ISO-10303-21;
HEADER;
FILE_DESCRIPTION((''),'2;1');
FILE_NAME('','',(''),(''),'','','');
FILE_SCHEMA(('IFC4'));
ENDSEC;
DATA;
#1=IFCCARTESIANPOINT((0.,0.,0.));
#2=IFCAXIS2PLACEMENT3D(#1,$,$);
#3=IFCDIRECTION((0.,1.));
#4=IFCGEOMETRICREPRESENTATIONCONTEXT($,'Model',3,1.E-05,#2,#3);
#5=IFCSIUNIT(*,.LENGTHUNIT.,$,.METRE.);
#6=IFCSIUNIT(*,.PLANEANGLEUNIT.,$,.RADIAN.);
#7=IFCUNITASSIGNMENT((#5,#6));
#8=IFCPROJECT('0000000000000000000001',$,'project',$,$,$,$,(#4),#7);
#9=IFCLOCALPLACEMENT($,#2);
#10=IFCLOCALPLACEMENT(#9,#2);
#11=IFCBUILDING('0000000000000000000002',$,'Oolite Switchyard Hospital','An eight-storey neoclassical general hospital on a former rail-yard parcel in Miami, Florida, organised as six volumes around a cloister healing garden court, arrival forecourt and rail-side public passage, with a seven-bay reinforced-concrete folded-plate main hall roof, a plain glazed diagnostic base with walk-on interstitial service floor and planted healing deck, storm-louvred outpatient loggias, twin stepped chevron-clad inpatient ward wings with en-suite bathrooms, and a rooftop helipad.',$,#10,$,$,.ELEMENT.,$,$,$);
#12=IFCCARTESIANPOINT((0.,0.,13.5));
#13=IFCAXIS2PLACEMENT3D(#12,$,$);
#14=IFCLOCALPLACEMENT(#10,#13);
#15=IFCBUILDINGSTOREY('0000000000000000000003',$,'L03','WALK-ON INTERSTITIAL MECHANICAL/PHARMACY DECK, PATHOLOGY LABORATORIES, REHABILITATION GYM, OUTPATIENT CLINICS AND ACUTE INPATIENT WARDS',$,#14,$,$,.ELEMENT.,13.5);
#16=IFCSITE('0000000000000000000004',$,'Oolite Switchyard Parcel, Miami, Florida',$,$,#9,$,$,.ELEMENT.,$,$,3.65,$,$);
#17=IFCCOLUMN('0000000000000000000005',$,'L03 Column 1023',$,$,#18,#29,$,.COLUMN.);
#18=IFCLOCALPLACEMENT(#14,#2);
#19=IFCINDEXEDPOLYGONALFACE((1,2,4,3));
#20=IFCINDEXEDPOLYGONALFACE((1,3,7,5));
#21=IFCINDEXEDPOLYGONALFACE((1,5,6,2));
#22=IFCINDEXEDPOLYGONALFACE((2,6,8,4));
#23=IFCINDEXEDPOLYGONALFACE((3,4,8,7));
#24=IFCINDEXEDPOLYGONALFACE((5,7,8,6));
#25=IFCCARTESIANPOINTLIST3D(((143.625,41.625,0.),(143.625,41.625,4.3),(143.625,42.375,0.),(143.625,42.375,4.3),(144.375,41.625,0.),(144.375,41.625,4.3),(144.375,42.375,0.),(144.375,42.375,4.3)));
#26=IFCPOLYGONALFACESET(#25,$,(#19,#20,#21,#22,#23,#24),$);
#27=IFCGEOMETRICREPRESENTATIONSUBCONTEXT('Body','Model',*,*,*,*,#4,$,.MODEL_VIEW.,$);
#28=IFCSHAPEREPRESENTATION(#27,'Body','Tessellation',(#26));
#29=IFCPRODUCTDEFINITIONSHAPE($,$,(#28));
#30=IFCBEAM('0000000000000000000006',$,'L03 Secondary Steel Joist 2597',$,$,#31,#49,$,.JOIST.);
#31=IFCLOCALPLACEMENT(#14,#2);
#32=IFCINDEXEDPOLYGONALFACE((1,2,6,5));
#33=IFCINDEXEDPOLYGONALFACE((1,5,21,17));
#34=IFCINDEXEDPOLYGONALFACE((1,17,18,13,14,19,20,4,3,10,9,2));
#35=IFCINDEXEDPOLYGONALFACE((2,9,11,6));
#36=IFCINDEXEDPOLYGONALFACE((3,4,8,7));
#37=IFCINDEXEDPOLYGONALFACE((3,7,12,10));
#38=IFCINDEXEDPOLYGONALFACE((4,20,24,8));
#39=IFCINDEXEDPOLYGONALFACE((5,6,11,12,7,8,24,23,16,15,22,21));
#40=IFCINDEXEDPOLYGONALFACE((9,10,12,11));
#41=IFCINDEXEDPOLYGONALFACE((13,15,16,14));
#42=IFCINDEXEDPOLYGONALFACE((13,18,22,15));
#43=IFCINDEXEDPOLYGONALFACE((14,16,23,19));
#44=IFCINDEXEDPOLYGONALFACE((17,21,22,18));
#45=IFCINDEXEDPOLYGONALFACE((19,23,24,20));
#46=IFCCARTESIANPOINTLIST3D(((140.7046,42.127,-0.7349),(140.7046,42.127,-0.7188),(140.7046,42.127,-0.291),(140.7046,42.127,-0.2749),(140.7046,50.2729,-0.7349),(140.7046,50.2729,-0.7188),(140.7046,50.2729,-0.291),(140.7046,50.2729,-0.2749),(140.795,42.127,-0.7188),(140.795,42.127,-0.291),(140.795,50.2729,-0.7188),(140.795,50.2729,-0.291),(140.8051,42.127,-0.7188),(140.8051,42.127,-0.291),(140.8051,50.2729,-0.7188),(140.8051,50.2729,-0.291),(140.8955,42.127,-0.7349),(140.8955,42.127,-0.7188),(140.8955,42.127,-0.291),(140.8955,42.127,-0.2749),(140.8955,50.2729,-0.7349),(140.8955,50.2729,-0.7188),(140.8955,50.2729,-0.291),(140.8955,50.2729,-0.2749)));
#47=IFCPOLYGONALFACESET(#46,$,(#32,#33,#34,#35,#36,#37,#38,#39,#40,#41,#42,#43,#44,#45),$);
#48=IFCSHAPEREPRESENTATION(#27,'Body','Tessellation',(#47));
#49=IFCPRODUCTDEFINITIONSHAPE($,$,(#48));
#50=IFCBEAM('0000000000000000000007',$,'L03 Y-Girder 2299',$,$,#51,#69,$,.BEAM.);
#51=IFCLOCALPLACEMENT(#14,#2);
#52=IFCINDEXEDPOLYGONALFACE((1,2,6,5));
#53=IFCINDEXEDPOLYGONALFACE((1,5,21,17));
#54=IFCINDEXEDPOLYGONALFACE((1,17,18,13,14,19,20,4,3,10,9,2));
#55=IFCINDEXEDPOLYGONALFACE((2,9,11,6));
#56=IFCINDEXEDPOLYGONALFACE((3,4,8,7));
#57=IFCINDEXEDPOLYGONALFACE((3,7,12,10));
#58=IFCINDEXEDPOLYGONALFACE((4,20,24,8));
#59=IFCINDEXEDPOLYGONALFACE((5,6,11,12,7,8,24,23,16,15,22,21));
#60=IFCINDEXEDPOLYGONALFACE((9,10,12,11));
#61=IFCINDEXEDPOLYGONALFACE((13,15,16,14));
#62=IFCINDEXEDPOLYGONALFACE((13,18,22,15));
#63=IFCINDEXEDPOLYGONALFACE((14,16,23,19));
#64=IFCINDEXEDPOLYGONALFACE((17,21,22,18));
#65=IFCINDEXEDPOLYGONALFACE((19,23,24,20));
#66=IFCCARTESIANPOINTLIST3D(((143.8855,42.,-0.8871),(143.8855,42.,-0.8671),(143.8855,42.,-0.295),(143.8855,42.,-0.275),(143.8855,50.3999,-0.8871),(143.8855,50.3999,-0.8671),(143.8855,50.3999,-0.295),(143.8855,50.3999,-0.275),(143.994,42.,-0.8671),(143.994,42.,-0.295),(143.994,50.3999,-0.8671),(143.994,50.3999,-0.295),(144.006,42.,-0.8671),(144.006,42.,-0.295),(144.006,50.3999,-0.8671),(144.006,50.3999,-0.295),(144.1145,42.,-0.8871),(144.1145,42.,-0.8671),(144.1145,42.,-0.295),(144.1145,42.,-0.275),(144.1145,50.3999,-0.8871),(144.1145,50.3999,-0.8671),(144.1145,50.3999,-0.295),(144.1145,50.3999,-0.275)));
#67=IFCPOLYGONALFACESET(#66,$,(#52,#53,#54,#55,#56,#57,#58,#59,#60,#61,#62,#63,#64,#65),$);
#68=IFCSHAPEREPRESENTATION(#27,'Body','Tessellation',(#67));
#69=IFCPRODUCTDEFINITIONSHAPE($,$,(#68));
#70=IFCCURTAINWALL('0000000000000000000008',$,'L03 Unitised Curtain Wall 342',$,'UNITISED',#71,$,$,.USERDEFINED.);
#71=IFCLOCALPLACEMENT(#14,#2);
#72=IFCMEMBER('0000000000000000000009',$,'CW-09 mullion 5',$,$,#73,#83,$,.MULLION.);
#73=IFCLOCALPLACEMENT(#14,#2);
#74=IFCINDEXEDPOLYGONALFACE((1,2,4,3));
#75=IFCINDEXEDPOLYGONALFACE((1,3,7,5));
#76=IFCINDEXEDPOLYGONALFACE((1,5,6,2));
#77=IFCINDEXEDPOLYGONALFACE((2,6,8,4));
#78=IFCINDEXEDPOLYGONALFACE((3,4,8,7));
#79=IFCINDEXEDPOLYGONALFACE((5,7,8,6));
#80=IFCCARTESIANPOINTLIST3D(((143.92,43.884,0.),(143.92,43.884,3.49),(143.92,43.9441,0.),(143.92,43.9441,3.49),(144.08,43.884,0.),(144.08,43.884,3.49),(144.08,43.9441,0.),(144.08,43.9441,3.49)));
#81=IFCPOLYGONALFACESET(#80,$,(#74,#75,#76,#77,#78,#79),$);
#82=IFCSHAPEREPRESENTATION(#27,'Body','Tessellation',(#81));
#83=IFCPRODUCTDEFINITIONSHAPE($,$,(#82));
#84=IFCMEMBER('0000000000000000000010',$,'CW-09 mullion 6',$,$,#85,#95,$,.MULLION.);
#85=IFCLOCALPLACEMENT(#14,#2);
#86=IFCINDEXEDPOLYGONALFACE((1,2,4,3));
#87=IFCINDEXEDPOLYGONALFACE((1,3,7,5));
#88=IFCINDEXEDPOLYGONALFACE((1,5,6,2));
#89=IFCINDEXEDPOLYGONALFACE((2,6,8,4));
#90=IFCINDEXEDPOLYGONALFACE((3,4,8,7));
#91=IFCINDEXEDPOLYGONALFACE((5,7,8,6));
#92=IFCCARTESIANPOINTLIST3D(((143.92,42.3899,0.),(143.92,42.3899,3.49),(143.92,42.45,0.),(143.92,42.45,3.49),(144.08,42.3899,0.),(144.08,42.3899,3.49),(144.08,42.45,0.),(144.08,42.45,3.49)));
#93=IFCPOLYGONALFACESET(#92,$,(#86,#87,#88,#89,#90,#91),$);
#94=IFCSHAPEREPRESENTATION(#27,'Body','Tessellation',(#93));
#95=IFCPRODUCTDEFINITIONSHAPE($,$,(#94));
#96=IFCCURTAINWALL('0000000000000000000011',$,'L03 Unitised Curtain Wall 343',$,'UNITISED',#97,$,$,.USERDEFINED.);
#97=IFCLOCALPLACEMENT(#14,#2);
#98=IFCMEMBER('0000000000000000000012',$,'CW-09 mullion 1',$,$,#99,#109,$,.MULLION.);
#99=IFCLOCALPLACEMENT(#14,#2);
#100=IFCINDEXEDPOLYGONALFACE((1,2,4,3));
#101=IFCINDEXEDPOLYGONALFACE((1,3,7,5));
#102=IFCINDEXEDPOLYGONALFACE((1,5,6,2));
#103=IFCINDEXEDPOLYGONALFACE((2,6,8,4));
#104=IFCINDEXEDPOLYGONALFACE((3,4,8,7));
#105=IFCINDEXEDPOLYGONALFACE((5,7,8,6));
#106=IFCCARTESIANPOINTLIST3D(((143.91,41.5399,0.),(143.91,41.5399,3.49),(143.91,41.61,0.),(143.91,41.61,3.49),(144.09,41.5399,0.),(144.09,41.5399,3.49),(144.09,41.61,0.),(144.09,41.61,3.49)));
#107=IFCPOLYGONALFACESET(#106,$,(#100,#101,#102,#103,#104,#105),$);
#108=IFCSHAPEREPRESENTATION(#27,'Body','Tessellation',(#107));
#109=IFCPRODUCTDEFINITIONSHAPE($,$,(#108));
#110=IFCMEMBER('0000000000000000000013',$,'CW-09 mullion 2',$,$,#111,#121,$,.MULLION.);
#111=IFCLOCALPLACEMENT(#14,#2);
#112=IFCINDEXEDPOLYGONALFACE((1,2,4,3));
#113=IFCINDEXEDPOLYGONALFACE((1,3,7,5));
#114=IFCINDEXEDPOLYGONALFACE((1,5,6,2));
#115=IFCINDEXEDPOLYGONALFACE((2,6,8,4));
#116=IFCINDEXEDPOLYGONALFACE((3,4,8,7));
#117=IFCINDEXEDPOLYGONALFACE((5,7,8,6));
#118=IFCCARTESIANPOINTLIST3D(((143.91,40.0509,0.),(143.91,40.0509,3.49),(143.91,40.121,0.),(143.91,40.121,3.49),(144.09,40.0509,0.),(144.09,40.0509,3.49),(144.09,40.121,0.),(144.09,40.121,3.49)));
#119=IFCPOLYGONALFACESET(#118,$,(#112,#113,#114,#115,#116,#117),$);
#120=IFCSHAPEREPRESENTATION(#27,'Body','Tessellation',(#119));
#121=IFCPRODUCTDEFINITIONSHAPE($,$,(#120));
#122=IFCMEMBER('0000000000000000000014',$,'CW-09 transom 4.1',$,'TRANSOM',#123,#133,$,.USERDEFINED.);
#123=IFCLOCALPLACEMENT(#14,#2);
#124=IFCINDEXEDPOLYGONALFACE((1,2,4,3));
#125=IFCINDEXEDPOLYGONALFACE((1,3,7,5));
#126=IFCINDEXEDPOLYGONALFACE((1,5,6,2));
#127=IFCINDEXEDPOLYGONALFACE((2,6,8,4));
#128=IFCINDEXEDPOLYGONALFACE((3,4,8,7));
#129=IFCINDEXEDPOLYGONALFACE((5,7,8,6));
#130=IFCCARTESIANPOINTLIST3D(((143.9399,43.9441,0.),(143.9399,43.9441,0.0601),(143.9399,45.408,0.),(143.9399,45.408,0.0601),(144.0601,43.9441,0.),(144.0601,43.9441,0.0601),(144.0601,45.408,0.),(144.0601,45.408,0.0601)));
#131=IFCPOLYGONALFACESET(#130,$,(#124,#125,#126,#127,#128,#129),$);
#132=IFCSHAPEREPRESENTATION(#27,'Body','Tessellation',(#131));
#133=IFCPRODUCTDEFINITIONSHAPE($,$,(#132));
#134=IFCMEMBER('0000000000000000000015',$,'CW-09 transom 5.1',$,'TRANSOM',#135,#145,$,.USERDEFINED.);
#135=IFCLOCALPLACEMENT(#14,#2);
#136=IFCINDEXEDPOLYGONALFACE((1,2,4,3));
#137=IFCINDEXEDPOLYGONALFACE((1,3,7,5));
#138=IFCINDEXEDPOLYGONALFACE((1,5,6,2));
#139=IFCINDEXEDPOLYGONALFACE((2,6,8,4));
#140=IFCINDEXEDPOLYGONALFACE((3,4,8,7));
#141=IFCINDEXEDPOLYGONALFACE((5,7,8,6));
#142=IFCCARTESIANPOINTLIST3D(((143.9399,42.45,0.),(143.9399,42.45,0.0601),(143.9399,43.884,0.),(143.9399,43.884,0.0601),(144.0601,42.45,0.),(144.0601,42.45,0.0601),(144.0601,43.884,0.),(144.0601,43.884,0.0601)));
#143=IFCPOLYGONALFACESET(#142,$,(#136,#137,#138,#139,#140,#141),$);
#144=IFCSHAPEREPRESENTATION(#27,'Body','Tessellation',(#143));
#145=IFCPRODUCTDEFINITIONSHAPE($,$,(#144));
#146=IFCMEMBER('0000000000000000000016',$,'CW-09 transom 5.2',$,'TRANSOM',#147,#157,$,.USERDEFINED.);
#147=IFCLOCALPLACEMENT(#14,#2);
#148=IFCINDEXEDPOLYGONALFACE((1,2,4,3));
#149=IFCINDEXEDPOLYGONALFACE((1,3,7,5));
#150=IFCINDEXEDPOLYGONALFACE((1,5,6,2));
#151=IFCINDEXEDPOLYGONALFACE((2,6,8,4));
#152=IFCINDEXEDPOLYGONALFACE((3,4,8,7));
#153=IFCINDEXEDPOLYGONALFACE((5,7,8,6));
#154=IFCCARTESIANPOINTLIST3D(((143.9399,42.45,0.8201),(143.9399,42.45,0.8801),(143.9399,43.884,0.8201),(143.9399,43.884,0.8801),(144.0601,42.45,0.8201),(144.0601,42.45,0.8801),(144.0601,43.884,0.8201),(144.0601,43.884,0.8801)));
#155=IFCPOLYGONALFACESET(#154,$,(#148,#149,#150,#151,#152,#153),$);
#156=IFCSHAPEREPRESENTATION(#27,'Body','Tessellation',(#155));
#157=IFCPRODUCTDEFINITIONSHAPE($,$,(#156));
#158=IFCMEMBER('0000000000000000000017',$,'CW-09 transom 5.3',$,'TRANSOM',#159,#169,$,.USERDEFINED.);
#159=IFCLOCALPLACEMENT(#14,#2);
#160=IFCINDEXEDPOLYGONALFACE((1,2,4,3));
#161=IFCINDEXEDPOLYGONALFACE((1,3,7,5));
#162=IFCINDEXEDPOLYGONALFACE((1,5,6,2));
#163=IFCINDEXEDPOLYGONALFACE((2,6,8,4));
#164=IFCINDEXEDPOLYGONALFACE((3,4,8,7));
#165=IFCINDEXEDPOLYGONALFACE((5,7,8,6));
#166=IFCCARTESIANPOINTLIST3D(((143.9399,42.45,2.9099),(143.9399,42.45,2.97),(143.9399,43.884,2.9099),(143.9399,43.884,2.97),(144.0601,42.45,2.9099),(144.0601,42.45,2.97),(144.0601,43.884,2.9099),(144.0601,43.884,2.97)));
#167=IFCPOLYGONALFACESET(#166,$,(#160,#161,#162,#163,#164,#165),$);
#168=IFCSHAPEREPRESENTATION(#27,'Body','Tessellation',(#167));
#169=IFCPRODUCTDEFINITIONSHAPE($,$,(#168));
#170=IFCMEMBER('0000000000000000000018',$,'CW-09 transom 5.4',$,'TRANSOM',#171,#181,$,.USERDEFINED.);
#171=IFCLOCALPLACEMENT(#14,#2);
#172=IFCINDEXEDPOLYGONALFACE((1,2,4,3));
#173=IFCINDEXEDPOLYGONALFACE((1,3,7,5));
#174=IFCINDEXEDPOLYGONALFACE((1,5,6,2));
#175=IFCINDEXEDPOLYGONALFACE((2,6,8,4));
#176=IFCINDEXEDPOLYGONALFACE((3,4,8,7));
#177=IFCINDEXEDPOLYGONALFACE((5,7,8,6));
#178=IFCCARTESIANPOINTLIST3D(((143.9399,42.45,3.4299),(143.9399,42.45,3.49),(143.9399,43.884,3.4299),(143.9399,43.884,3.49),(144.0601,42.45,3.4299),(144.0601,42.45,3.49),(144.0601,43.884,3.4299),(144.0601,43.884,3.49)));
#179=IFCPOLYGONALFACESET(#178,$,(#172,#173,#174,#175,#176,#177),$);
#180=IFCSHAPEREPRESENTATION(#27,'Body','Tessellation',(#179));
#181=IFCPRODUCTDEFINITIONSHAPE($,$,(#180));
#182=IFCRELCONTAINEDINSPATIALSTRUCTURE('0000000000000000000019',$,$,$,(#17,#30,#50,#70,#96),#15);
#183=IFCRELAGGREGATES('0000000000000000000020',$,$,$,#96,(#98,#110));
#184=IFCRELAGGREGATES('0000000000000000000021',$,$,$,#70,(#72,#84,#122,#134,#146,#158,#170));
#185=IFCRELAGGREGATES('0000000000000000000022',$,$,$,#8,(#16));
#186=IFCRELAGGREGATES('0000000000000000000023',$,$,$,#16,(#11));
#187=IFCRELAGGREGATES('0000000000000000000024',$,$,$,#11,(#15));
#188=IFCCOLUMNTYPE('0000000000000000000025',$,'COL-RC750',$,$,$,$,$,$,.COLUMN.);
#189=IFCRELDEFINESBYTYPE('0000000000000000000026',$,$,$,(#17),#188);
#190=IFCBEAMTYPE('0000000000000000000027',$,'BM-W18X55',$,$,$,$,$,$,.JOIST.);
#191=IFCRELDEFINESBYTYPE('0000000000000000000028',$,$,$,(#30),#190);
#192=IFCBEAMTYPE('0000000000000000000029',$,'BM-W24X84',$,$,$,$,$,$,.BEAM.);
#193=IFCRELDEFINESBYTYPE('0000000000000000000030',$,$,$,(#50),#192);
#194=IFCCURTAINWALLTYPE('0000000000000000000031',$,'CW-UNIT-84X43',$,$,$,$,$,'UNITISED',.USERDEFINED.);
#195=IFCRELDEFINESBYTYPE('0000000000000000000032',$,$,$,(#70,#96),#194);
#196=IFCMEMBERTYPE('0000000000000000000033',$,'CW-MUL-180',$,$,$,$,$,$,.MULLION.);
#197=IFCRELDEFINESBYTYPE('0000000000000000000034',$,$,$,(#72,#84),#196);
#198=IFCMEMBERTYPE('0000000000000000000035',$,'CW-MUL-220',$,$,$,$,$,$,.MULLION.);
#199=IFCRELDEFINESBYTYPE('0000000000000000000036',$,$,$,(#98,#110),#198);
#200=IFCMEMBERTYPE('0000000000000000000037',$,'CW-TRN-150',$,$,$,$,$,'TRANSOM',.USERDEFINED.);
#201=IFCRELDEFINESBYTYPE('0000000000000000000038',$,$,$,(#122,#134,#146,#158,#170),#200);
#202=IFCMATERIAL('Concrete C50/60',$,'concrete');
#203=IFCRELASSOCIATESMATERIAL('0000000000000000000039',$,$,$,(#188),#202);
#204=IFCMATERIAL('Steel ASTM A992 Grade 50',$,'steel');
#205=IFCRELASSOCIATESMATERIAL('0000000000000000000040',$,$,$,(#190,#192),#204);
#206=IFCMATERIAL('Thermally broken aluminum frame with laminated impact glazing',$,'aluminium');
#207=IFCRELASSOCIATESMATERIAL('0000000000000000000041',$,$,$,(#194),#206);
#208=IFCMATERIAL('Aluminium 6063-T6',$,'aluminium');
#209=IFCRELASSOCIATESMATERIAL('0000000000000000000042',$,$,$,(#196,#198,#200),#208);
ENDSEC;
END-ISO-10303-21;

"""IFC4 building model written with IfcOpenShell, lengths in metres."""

from ifc_helpers import new_model, si_unit, direction, frame, origin, origin_2d, place, context, subcontext, project, spatial, rectangle, i_section, extrude, material, material_profile, profile_set, type_object, element, aggregate, save


model = new_model("IFC4")

# Units and contexts
model_context = context("Model", 3, precision=1e-05, world=origin(), true_north=direction((0.0, 1.0)))
body_context = subcontext(model_context, "Body", "Model", "MODEL_VIEW")
ifc_project = project(units=[si_unit("LENGTHUNIT", "METRE"), si_unit("PLANEANGLEUNIT", "RADIAN")], contexts=[model_context])

# Site, building, storey
site_placement = place(None, origin())
site = spatial("IfcSite", under=ifc_project, at=site_placement, Name="Oolite Switchyard Parcel, Miami, Florida", CompositionType="ELEMENT", RefElevation=3.65)
building_placement = place(site_placement, origin())
building = spatial("IfcBuilding", under=site, at=building_placement, Name="Oolite Switchyard Hospital", Description="An eight-storey neoclassical general hospital on a former rail-yard parcel in Miami, Florida, organised as six volumes around a cloister healing garden court, arrival forecourt and rail-side public passage, with a seven-bay reinforced-concrete folded-plate main hall roof, a plain glazed diagnostic base with walk-on interstitial service floor and planted healing deck, storm-louvred outpatient loggias, twin stepped chevron-clad inpatient ward wings with en-suite bathrooms, and a rooftop helipad.", CompositionType="ELEMENT")
storey_placement = place(building_placement, frame((0.0, 0.0, 13.5)))
storey = spatial("IfcBuildingStorey", under=building, at=storey_placement, Name="L03", Description="WALK-ON INTERSTITIAL MECHANICAL/PHARMACY DECK, PATHOLOGY LABORATORIES, REHABILITATION GYM, OUTPATIENT CLINICS AND ACUTE INPATIENT WARDS", CompositionType="ELEMENT", Elevation=13.5)

# Column
ifc_material_1 = material(Name="Concrete C50/60", Category="concrete")
ifc_material_profile_1 = material_profile(ifc_material_1, rectangle(XDim=0.75, YDim=0.75, at=origin_2d()), Name="RC750X750")
ifc_profile_set_1 = profile_set([ifc_material_profile_1], Name="Concrete C50/60")
column_type = type_object("IfcColumnType", Name="COL-RC750", PredefinedType="COLUMN", material=ifc_profile_set_1)
column_placement = place(storey_placement, frame((144.0, 42.0, 0.0), z_axis=(0.0, 0.0, 1.0), x_axis=(1.0, 0.0, 0.0)))
element("IfcColumn", 1, at=column_placement, inside=storey, type_object=column_type, Name="L03 Column 1023", PredefinedType="COLUMN", context=body_context, shape_type="SweptSolid", body=[
    extrude(rectangle(XDim=0.75, YDim=0.75, at=origin_2d()), origin(), (0.0, 0.0, 1.0), 4.3),
])

# Beams
ifc_material_2 = material(Name="Steel ASTM A992 Grade 50", Category="steel")
ifc_material_profile_2 = material_profile(ifc_material_2, i_section(OverallWidth=0.1909, OverallDepth=0.46, WebThickness=0.01, FlangeThickness=0.0161, at=origin_2d()), Name="W18X55")
ifc_profile_set_2 = profile_set([ifc_material_profile_2], Name="Steel ASTM A992 Grade 50")
beam_type_1 = type_object("IfcBeamType", Name="BM-W18X55", PredefinedType="JOIST", material=ifc_profile_set_2)
beam_1_placement = place(storey_placement, frame((140.8, 42.127, -0.5049), z_axis=(0.0, 1.0, 0.0), x_axis=(-1.0, 0.0, 0.0)))
element("IfcBeam", 2, at=beam_1_placement, inside=storey, type_object=beam_type_1, Name="L03 Secondary Steel Joist 2597", PredefinedType="JOIST", context=body_context, shape_type="SweptSolid", body=[
    extrude(i_section(OverallWidth=0.1909, OverallDepth=0.46, WebThickness=0.01, FlangeThickness=0.0161, at=origin_2d()), origin(), (0.0, 0.0, 1.0), 8.146),
])
ifc_material_profile_3 = material_profile(ifc_material_2, i_section(OverallWidth=0.229, OverallDepth=0.6121, WebThickness=0.012, FlangeThickness=0.02, at=origin_2d()), Name="W24X84")
ifc_profile_set_3 = profile_set([ifc_material_profile_3], Name="Steel ASTM A992 Grade 50")
beam_type_2 = type_object("IfcBeamType", Name="BM-W24X84", PredefinedType="BEAM", material=ifc_profile_set_3)
beam_2_placement = place(storey_placement, frame((144.0, 42.0, -0.5811), z_axis=(0.0, 1.0, 0.0), x_axis=(-1.0, 0.0, 0.0)))
element("IfcBeam", 3, at=beam_2_placement, inside=storey, type_object=beam_type_2, Name="L03 Y-Girder 2299", PredefinedType="BEAM", context=body_context, shape_type="SweptSolid", body=[
    extrude(i_section(OverallWidth=0.229, OverallDepth=0.6121, WebThickness=0.012, FlangeThickness=0.02, at=origin_2d()), origin(), (0.0, 0.0, 1.0), 8.3999),
])

# Curtain walls, members
ifc_material_3 = material(Name="Thermally broken aluminum frame with laminated impact glazing", Category="aluminium")
curtain_wall_type = type_object("IfcCurtainWallType", Name="CW-UNIT-84X43", ElementType="UNITISED", PredefinedType="USERDEFINED", material=ifc_material_3)
curtain_wall_1_placement = place(storey_placement, origin())
curtain_wall_1 = element("IfcCurtainWall", 4, at=curtain_wall_1_placement, inside=storey, type_object=curtain_wall_type, Name="L03 Unitised Curtain Wall 342", ObjectType="UNITISED", PredefinedType="USERDEFINED")
ifc_material_4 = material(Name="Aluminium 6063-T6", Category="aluminium")
ifc_material_profile_4 = material_profile(ifc_material_4, rectangle(XDim=0.1599, YDim=0.0601, at=origin_2d()), Name="CWM60X160")
ifc_profile_set_4 = profile_set([ifc_material_profile_4], Name="Aluminium 6063-T6")
member_type_1 = type_object("IfcMemberType", Name="CW-MUL-180", PredefinedType="MULLION", material=ifc_profile_set_4)
member_1_placement = place(storey_placement, frame((144.0, 43.9141, 0.0), z_axis=(0.0, 0.0, 1.0), x_axis=(1.0, 0.0, 0.0)))
member_1 = element("IfcMember", 5, at=member_1_placement, type_object=member_type_1, Name="CW-09 mullion 5", PredefinedType="MULLION", context=body_context, shape_type="SweptSolid", body=[
    extrude(rectangle(XDim=0.1599, YDim=0.0601, at=origin_2d()), origin(), (0.0, 0.0, 1.0), 3.49),
])
member_2_placement = place(storey_placement, frame((144.0, 42.4199, 0.0), z_axis=(0.0, 0.0, 1.0), x_axis=(1.0, 0.0, 0.0)))
member_2 = element("IfcMember", 6, at=member_2_placement, type_object=member_type_1, Name="CW-09 mullion 6", PredefinedType="MULLION", context=body_context, shape_type="SweptSolid", body=[
    extrude(rectangle(XDim=0.1599, YDim=0.0601, at=origin_2d()), origin(), (0.0, 0.0, 1.0), 3.49),
])
curtain_wall_2_placement = place(storey_placement, origin())
curtain_wall_2 = element("IfcCurtainWall", 7, at=curtain_wall_2_placement, inside=storey, type_object=curtain_wall_type, Name="L03 Unitised Curtain Wall 343", ObjectType="UNITISED", PredefinedType="USERDEFINED")
ifc_material_profile_5 = material_profile(ifc_material_4, rectangle(XDim=0.1799, YDim=0.0701, at=origin_2d()), Name="CWM70X180")
ifc_profile_set_5 = profile_set([ifc_material_profile_5], Name="Aluminium 6063-T6")
member_type_2 = type_object("IfcMemberType", Name="CW-MUL-220", PredefinedType="MULLION", material=ifc_profile_set_5)
member_3_placement = place(storey_placement, frame((144.0, 41.575, 0.0), z_axis=(0.0, 0.0, 1.0), x_axis=(1.0, 0.0, 0.0)))
member_3 = element("IfcMember", 8, at=member_3_placement, type_object=member_type_2, Name="CW-09 mullion 1", PredefinedType="MULLION", context=body_context, shape_type="SweptSolid", body=[
    extrude(rectangle(XDim=0.1799, YDim=0.0701, at=origin_2d()), origin(), (0.0, 0.0, 1.0), 3.49),
])
member_4_placement = place(storey_placement, frame((144.0, 40.0859, 0.0), z_axis=(0.0, 0.0, 1.0), x_axis=(1.0, 0.0, 0.0)))
member_4 = element("IfcMember", 9, at=member_4_placement, type_object=member_type_2, Name="CW-09 mullion 2", PredefinedType="MULLION", context=body_context, shape_type="SweptSolid", body=[
    extrude(rectangle(XDim=0.1799, YDim=0.0701, at=origin_2d()), origin(), (0.0, 0.0, 1.0), 3.49),
])

# Members
ifc_material_profile_6 = material_profile(ifc_material_4, rectangle(XDim=0.1201, YDim=0.0601, at=origin_2d()), Name="CWT60X120")
ifc_profile_set_6 = profile_set([ifc_material_profile_6], Name="Aluminium 6063-T6")
member_type_3 = type_object("IfcMemberType", Name="CW-TRN-150", ElementType="TRANSOM", PredefinedType="USERDEFINED", material=ifc_profile_set_6)
member_5_placement = place(storey_placement, frame((144.0, 45.408, 0.03), z_axis=(0.0, -1.0, 0.0), x_axis=(1.0, 0.0, 0.0)))
member_5 = element("IfcMember", 10, at=member_5_placement, type_object=member_type_3, Name="CW-09 transom 4.1", ObjectType="TRANSOM", PredefinedType="USERDEFINED", context=body_context, shape_type="SweptSolid", body=[
    extrude(rectangle(XDim=0.1201, YDim=0.0601, at=origin_2d()), origin(), (0.0, 0.0, 1.0), 1.4639),
])
member_6_placement = place(storey_placement, frame((144.0, 43.884, 0.03), z_axis=(0.0, -1.0, 0.0), x_axis=(1.0, 0.0, 0.0)))
member_6 = element("IfcMember", 11, at=member_6_placement, type_object=member_type_3, Name="CW-09 transom 5.1", ObjectType="TRANSOM", PredefinedType="USERDEFINED", context=body_context, shape_type="SweptSolid", body=[
    extrude(rectangle(XDim=0.1201, YDim=0.0601, at=origin_2d()), origin(), (0.0, 0.0, 1.0), 1.4341),
])
member_7_placement = place(storey_placement, frame((144.0, 43.884, 0.8501), z_axis=(0.0, -1.0, 0.0), x_axis=(1.0, 0.0, 0.0)))
member_7 = element("IfcMember", 12, at=member_7_placement, type_object=member_type_3, Name="CW-09 transom 5.2", ObjectType="TRANSOM", PredefinedType="USERDEFINED", context=body_context, shape_type="SweptSolid", body=[
    extrude(rectangle(XDim=0.1201, YDim=0.0601, at=origin_2d()), origin(), (0.0, 0.0, 1.0), 1.4341),
])
member_8_placement = place(storey_placement, frame((144.0, 43.884, 2.9399), z_axis=(0.0, -1.0, 0.0), x_axis=(1.0, 0.0, 0.0)))
member_8 = element("IfcMember", 13, at=member_8_placement, type_object=member_type_3, Name="CW-09 transom 5.3", ObjectType="TRANSOM", PredefinedType="USERDEFINED", context=body_context, shape_type="SweptSolid", body=[
    extrude(rectangle(XDim=0.1201, YDim=0.0601, at=origin_2d()), origin(), (0.0, 0.0, 1.0), 1.4341),
])
member_9_placement = place(storey_placement, frame((144.0, 43.884, 3.46), z_axis=(0.0, -1.0, 0.0), x_axis=(1.0, 0.0, 0.0)))
member_9 = element("IfcMember", 14, at=member_9_placement, type_object=member_type_3, Name="CW-09 transom 5.4", ObjectType="TRANSOM", PredefinedType="USERDEFINED", context=body_context, shape_type="SweptSolid", body=[
    extrude(rectangle(XDim=0.1201, YDim=0.0601, at=origin_2d()), origin(), (0.0, 0.0, 1.0), 1.4341),
])

aggregate(curtain_wall_2, [member_3, member_4])
aggregate(curtain_wall_1, [member_1, member_2, member_5, member_6, member_7, member_8, member_9])

save(model, "model.ifc")
